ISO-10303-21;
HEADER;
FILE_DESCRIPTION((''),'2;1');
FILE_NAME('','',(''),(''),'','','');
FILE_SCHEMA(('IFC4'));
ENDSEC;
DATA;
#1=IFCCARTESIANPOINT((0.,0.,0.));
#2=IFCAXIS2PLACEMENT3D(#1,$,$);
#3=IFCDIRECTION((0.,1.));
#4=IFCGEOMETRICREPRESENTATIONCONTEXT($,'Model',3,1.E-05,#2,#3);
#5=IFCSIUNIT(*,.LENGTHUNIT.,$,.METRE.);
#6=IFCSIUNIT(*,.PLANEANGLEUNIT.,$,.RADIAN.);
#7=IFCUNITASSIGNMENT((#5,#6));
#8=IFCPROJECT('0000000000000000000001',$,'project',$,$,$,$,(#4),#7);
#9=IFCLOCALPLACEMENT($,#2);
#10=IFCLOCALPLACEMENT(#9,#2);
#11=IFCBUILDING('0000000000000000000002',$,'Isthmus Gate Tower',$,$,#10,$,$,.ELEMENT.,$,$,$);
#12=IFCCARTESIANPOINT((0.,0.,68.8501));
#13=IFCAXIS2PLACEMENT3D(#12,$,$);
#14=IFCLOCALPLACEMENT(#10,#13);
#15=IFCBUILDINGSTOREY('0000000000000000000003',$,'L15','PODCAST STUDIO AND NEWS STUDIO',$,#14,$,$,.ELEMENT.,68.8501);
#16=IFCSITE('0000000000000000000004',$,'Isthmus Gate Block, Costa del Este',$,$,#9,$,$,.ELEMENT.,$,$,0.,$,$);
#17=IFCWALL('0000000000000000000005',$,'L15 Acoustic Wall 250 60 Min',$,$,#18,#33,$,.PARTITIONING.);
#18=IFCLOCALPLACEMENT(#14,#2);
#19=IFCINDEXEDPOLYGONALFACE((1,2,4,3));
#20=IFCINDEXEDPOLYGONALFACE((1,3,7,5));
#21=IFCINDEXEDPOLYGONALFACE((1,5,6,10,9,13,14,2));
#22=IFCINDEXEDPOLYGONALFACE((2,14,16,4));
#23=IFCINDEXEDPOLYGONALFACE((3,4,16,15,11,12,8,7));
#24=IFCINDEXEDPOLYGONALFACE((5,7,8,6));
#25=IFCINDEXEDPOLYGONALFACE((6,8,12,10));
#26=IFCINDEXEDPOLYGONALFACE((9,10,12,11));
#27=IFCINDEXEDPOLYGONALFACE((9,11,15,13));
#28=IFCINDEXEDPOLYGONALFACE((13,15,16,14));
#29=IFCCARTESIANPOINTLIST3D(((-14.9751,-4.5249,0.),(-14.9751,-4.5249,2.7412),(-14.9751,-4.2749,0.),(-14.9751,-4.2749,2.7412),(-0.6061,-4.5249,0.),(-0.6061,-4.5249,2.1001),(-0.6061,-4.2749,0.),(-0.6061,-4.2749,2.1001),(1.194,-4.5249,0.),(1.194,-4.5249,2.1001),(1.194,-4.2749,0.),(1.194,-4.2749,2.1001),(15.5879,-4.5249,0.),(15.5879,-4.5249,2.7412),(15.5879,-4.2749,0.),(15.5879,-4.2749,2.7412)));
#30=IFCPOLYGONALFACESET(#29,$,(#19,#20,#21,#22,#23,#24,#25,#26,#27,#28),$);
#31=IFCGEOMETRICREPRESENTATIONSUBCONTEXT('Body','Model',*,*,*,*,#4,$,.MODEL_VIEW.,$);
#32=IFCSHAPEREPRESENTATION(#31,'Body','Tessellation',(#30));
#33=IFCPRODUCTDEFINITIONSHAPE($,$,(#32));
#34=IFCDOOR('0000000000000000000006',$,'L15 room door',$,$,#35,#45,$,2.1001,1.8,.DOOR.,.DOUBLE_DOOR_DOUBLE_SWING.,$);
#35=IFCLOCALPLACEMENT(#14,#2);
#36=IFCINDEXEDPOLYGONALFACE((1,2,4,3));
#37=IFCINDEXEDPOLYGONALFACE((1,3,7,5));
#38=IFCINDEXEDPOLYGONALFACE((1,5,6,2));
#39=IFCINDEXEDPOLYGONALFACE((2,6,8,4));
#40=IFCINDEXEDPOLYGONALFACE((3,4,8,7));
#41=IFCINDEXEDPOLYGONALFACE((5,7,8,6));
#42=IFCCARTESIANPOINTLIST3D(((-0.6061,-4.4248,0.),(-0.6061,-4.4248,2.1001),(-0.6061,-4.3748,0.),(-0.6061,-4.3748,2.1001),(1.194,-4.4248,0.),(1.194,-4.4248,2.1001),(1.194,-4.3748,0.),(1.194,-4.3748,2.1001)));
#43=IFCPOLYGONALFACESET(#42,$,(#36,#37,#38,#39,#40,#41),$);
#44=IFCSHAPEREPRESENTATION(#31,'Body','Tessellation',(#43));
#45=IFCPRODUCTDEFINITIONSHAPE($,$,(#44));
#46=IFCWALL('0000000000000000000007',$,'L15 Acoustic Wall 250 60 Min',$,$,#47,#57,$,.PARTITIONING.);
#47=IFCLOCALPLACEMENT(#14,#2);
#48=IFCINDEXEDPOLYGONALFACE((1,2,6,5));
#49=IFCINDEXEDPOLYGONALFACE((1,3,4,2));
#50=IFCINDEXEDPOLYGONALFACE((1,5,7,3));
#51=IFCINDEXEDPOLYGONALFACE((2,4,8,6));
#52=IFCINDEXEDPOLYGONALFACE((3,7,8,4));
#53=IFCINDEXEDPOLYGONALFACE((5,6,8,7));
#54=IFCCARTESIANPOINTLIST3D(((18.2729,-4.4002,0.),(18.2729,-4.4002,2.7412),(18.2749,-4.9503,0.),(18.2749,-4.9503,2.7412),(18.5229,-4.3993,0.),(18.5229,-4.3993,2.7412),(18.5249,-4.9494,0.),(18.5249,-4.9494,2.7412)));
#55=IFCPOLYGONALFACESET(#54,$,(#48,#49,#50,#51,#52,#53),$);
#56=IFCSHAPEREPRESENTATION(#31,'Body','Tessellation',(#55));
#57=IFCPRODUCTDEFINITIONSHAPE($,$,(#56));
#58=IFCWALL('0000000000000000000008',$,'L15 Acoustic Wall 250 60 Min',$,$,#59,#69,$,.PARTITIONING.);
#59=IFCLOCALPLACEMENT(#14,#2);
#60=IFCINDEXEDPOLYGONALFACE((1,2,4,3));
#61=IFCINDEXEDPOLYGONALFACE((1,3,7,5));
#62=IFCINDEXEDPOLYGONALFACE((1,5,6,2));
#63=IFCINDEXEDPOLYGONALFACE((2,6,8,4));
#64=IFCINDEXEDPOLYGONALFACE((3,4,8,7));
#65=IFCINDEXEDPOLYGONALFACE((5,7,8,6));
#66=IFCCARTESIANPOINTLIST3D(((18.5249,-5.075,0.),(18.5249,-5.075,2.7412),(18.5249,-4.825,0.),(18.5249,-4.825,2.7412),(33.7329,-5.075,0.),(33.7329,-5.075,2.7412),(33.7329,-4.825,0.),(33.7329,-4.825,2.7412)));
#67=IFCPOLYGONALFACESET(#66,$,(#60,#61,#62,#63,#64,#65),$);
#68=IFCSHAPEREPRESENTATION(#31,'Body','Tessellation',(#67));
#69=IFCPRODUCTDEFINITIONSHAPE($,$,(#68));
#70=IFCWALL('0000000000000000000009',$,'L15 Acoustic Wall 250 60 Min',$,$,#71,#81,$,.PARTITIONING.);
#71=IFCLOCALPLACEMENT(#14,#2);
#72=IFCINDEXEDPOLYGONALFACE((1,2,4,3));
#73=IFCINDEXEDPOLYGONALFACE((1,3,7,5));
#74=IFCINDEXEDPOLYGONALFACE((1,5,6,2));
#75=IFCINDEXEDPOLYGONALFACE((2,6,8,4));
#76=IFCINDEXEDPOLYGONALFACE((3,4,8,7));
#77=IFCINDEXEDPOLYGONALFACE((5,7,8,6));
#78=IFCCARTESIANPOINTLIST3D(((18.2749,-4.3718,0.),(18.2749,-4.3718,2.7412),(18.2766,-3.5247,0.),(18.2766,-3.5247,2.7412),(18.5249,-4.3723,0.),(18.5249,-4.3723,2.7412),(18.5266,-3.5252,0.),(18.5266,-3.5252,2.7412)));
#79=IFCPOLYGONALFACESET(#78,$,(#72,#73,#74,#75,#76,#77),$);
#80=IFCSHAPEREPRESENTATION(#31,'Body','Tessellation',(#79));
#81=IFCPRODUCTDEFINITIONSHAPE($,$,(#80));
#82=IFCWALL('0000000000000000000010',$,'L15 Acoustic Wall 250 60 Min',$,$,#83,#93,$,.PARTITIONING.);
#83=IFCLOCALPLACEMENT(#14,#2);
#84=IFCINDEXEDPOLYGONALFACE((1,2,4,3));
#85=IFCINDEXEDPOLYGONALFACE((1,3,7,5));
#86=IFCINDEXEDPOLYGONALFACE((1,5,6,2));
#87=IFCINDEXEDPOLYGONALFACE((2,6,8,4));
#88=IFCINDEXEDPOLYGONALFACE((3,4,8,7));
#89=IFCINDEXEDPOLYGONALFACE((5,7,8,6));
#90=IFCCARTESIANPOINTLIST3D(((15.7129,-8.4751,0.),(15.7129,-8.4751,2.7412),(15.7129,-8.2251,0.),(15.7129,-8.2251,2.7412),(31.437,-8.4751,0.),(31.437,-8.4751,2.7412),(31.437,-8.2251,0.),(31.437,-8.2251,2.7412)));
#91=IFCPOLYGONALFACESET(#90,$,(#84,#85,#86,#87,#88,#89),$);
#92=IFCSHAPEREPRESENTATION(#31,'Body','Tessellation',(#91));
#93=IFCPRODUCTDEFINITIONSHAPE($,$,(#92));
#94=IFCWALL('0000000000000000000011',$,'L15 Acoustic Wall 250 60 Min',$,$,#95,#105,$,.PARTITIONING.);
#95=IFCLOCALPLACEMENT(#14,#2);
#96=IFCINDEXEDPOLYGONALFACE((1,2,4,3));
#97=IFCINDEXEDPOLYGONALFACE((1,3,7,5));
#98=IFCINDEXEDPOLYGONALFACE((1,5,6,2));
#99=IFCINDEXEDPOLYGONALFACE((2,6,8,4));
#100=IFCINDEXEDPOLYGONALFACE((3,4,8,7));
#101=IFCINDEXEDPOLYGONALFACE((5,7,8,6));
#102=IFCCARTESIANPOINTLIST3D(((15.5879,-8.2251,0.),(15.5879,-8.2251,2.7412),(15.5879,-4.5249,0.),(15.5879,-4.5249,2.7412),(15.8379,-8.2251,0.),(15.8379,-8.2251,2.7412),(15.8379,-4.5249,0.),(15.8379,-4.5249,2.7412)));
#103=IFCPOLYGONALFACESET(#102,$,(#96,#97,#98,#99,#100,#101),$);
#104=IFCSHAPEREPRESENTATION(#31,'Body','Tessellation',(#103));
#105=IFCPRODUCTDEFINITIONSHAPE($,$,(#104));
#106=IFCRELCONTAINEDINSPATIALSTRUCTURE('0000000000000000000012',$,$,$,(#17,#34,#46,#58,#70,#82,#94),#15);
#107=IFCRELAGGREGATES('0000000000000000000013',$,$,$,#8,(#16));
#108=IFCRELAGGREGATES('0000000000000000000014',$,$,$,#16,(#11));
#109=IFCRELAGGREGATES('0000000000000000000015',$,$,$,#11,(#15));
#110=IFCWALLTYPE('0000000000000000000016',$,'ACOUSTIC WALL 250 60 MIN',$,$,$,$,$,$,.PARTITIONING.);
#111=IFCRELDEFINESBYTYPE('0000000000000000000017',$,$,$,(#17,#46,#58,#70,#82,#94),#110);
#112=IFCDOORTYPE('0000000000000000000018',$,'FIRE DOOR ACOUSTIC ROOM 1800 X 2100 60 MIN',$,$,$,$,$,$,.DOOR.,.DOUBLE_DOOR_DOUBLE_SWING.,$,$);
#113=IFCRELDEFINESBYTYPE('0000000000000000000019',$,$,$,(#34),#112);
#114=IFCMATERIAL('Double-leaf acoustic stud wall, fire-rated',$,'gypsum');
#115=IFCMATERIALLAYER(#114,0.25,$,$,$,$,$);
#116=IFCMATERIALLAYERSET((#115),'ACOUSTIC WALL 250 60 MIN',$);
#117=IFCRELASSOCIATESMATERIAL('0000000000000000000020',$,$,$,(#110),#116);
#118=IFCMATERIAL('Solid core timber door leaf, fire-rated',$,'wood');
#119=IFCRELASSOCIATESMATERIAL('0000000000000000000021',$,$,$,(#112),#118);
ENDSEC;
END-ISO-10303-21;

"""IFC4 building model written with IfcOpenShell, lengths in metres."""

from ifc_helpers import new_model, si_unit, direction, frame, frame_2d, origin, place, context, subcontext, project, spatial, rectangle, extrude, material, layer, layer_set, type_object, element, fill, save


model = new_model("IFC4")

# Units and contexts
model_context = context("Model", 3, precision=1e-05, world=origin(), true_north=direction((0.0, 1.0)))
body_context = subcontext(model_context, "Body", "Model", "MODEL_VIEW")
ifc_project = project(units=[si_unit("LENGTHUNIT", "METRE"), si_unit("PLANEANGLEUNIT", "RADIAN")], contexts=[model_context])

# Site, building, storey
site_placement = place(None, origin())
site = spatial("IfcSite", under=ifc_project, at=site_placement, Name="Isthmus Gate Block, Costa del Este", CompositionType="ELEMENT", RefElevation=0.0)
building_placement = place(site_placement, origin())
building = spatial("IfcBuilding", under=site, at=building_placement, Name="Isthmus Gate Tower", CompositionType="ELEMENT")
storey_placement = place(building_placement, frame((0.0, 0.0, 68.8501)))
storey = spatial("IfcBuildingStorey", under=building, at=storey_placement, Name="L15", Description="PODCAST STUDIO AND NEWS STUDIO", CompositionType="ELEMENT", Elevation=68.8501)

# Wall, opening, door
ifc_material_1 = material(Name="Double-leaf acoustic stud wall, fire-rated", Category="gypsum")
ifc_layer_1 = layer(ifc_material_1, 0.25)
ifc_layer_set_1 = layer_set([ifc_layer_1], Name="ACOUSTIC WALL 250 60 MIN")
wall_type = type_object("IfcWallType", Name="ACOUSTIC WALL 250 60 MIN", PredefinedType="PARTITIONING", material=ifc_layer_set_1)
wall_1_placement = place(storey_placement, frame((15.5879, -4.3999, 0.0), z_axis=(0.0, 0.0, 1.0), x_axis=(-1.0, 0.0, 0.0)))
wall_1 = element("IfcWall", 1, at=wall_1_placement, inside=storey, type_object=wall_type, Name="L15 Acoustic Wall 250 60 Min", PredefinedType="PARTITIONING", context=body_context, shape_type="SweptSolid", body=[
    extrude(rectangle(XDim=30.563, YDim=0.25, at=frame_2d((15.2815, 0.0))), origin(), (0.0, 0.0, 1.0), 2.7412),
])
opening_placement = place(wall_1_placement, frame((14.394, 0.0, 0.0)))
opening = element("IfcOpeningElement", 2, at=opening_placement, cuts=wall_1, PredefinedType="OPENING", context=body_context, shape_type="SweptSolid", body=[
    extrude(rectangle(XDim=1.8, YDim=2.1001, at=frame_2d((0.8999, 1.05))), frame((0.0, 0.135, 0.0), z_axis=(0.0, -1.0, 0.0), x_axis=(1.0, 0.0, 0.0)), (0.0, 0.0, 1.0), 0.27),
])
ifc_material_2 = material(Name="Solid core timber door leaf, fire-rated", Category="wood")
door_type = type_object("IfcDoorType", Name="FIRE DOOR ACOUSTIC ROOM 1800 X 2100 60 MIN", OperationType="DOUBLE_DOOR_DOUBLE_SWING", PredefinedType="DOOR", material=ifc_material_2)
door_placement = place(opening_placement, origin())
door = element("IfcDoor", 3, at=door_placement, inside=storey, type_object=door_type, Name="L15 room door", OperationType="DOUBLE_DOOR_DOUBLE_SWING", OverallHeight=2.1001, OverallWidth=1.8, PredefinedType="DOOR", context=body_context, shape_type="SweptSolid", body=[
    extrude(rectangle(XDim=1.8, YDim=2.1001, at=frame_2d((0.8999, 1.05))), frame((0.0, 0.0249, 0.0), z_axis=(0.0, -1.0, 0.0), x_axis=(1.0, 0.0, 0.0)), (0.0, 0.0, 1.0), 0.05),
])
fill(opening, door)

# Walls
wall_2_placement = place(storey_placement, frame((18.3979, -4.3999, 0.0), z_axis=(0.0, 0.0, 1.0), x_axis=(0.003551, -0.999994, 0.0)))
element("IfcWall", 4, at=wall_2_placement, inside=storey, type_object=wall_type, Name="L15 Acoustic Wall 250 60 Min", PredefinedType="PARTITIONING", context=body_context, shape_type="SweptSolid", body=[
    extrude(rectangle(XDim=0.55, YDim=0.25, at=frame_2d((0.2749, 0.0))), origin(), (0.0, 0.0, 1.0), 2.7412),
])
wall_3_placement = place(storey_placement, frame((18.5249, -4.95, 0.0), z_axis=(0.0, 0.0, 1.0), x_axis=(1.0, 0.0, 0.0)))
element("IfcWall", 5, at=wall_3_placement, inside=storey, type_object=wall_type, Name="L15 Acoustic Wall 250 60 Min", PredefinedType="PARTITIONING", context=body_context, shape_type="SweptSolid", body=[
    extrude(rectangle(XDim=15.208, YDim=0.25, at=frame_2d((7.604, 0.0))), origin(), (0.0, 0.0, 1.0), 2.7412),
])
wall_4_placement = place(storey_placement, frame((18.3999, -4.3721, 0.0), z_axis=(0.0, 0.0, 1.0), x_axis=(0.002017, 0.999998, 0.0)))
element("IfcWall", 6, at=wall_4_placement, inside=storey, type_object=wall_type, Name="L15 Acoustic Wall 250 60 Min", PredefinedType="PARTITIONING", context=body_context, shape_type="SweptSolid", body=[
    extrude(rectangle(XDim=0.8472, YDim=0.25, at=frame_2d((0.4236, 0.0))), origin(), (0.0, 0.0, 1.0), 2.7412),
])
wall_5_placement = place(storey_placement, frame((15.7129, -8.3501, 0.0), z_axis=(0.0, 0.0, 1.0), x_axis=(1.0, 0.0, 0.0)))
element("IfcWall", 7, at=wall_5_placement, inside=storey, type_object=wall_type, Name="L15 Acoustic Wall 250 60 Min", PredefinedType="PARTITIONING", context=body_context, shape_type="SweptSolid", body=[
    extrude(rectangle(XDim=15.7241, YDim=0.25, at=frame_2d((7.8621, 0.0))), origin(), (0.0, 0.0, 1.0), 2.7412),
])
wall_6_placement = place(storey_placement, frame((15.7129, -4.5249, 0.0), z_axis=(0.0, 0.0, 1.0), x_axis=(0.0, -1.0, 0.0)))
element("IfcWall", 8, at=wall_6_placement, inside=storey, type_object=wall_type, Name="L15 Acoustic Wall 250 60 Min", PredefinedType="PARTITIONING", context=body_context, shape_type="SweptSolid", body=[
    extrude(rectangle(XDim=3.7002, YDim=0.25, at=frame_2d((1.8501, 0.0))), origin(), (0.0, 0.0, 1.0), 2.7412),
])

save(model, "model.ifc")
